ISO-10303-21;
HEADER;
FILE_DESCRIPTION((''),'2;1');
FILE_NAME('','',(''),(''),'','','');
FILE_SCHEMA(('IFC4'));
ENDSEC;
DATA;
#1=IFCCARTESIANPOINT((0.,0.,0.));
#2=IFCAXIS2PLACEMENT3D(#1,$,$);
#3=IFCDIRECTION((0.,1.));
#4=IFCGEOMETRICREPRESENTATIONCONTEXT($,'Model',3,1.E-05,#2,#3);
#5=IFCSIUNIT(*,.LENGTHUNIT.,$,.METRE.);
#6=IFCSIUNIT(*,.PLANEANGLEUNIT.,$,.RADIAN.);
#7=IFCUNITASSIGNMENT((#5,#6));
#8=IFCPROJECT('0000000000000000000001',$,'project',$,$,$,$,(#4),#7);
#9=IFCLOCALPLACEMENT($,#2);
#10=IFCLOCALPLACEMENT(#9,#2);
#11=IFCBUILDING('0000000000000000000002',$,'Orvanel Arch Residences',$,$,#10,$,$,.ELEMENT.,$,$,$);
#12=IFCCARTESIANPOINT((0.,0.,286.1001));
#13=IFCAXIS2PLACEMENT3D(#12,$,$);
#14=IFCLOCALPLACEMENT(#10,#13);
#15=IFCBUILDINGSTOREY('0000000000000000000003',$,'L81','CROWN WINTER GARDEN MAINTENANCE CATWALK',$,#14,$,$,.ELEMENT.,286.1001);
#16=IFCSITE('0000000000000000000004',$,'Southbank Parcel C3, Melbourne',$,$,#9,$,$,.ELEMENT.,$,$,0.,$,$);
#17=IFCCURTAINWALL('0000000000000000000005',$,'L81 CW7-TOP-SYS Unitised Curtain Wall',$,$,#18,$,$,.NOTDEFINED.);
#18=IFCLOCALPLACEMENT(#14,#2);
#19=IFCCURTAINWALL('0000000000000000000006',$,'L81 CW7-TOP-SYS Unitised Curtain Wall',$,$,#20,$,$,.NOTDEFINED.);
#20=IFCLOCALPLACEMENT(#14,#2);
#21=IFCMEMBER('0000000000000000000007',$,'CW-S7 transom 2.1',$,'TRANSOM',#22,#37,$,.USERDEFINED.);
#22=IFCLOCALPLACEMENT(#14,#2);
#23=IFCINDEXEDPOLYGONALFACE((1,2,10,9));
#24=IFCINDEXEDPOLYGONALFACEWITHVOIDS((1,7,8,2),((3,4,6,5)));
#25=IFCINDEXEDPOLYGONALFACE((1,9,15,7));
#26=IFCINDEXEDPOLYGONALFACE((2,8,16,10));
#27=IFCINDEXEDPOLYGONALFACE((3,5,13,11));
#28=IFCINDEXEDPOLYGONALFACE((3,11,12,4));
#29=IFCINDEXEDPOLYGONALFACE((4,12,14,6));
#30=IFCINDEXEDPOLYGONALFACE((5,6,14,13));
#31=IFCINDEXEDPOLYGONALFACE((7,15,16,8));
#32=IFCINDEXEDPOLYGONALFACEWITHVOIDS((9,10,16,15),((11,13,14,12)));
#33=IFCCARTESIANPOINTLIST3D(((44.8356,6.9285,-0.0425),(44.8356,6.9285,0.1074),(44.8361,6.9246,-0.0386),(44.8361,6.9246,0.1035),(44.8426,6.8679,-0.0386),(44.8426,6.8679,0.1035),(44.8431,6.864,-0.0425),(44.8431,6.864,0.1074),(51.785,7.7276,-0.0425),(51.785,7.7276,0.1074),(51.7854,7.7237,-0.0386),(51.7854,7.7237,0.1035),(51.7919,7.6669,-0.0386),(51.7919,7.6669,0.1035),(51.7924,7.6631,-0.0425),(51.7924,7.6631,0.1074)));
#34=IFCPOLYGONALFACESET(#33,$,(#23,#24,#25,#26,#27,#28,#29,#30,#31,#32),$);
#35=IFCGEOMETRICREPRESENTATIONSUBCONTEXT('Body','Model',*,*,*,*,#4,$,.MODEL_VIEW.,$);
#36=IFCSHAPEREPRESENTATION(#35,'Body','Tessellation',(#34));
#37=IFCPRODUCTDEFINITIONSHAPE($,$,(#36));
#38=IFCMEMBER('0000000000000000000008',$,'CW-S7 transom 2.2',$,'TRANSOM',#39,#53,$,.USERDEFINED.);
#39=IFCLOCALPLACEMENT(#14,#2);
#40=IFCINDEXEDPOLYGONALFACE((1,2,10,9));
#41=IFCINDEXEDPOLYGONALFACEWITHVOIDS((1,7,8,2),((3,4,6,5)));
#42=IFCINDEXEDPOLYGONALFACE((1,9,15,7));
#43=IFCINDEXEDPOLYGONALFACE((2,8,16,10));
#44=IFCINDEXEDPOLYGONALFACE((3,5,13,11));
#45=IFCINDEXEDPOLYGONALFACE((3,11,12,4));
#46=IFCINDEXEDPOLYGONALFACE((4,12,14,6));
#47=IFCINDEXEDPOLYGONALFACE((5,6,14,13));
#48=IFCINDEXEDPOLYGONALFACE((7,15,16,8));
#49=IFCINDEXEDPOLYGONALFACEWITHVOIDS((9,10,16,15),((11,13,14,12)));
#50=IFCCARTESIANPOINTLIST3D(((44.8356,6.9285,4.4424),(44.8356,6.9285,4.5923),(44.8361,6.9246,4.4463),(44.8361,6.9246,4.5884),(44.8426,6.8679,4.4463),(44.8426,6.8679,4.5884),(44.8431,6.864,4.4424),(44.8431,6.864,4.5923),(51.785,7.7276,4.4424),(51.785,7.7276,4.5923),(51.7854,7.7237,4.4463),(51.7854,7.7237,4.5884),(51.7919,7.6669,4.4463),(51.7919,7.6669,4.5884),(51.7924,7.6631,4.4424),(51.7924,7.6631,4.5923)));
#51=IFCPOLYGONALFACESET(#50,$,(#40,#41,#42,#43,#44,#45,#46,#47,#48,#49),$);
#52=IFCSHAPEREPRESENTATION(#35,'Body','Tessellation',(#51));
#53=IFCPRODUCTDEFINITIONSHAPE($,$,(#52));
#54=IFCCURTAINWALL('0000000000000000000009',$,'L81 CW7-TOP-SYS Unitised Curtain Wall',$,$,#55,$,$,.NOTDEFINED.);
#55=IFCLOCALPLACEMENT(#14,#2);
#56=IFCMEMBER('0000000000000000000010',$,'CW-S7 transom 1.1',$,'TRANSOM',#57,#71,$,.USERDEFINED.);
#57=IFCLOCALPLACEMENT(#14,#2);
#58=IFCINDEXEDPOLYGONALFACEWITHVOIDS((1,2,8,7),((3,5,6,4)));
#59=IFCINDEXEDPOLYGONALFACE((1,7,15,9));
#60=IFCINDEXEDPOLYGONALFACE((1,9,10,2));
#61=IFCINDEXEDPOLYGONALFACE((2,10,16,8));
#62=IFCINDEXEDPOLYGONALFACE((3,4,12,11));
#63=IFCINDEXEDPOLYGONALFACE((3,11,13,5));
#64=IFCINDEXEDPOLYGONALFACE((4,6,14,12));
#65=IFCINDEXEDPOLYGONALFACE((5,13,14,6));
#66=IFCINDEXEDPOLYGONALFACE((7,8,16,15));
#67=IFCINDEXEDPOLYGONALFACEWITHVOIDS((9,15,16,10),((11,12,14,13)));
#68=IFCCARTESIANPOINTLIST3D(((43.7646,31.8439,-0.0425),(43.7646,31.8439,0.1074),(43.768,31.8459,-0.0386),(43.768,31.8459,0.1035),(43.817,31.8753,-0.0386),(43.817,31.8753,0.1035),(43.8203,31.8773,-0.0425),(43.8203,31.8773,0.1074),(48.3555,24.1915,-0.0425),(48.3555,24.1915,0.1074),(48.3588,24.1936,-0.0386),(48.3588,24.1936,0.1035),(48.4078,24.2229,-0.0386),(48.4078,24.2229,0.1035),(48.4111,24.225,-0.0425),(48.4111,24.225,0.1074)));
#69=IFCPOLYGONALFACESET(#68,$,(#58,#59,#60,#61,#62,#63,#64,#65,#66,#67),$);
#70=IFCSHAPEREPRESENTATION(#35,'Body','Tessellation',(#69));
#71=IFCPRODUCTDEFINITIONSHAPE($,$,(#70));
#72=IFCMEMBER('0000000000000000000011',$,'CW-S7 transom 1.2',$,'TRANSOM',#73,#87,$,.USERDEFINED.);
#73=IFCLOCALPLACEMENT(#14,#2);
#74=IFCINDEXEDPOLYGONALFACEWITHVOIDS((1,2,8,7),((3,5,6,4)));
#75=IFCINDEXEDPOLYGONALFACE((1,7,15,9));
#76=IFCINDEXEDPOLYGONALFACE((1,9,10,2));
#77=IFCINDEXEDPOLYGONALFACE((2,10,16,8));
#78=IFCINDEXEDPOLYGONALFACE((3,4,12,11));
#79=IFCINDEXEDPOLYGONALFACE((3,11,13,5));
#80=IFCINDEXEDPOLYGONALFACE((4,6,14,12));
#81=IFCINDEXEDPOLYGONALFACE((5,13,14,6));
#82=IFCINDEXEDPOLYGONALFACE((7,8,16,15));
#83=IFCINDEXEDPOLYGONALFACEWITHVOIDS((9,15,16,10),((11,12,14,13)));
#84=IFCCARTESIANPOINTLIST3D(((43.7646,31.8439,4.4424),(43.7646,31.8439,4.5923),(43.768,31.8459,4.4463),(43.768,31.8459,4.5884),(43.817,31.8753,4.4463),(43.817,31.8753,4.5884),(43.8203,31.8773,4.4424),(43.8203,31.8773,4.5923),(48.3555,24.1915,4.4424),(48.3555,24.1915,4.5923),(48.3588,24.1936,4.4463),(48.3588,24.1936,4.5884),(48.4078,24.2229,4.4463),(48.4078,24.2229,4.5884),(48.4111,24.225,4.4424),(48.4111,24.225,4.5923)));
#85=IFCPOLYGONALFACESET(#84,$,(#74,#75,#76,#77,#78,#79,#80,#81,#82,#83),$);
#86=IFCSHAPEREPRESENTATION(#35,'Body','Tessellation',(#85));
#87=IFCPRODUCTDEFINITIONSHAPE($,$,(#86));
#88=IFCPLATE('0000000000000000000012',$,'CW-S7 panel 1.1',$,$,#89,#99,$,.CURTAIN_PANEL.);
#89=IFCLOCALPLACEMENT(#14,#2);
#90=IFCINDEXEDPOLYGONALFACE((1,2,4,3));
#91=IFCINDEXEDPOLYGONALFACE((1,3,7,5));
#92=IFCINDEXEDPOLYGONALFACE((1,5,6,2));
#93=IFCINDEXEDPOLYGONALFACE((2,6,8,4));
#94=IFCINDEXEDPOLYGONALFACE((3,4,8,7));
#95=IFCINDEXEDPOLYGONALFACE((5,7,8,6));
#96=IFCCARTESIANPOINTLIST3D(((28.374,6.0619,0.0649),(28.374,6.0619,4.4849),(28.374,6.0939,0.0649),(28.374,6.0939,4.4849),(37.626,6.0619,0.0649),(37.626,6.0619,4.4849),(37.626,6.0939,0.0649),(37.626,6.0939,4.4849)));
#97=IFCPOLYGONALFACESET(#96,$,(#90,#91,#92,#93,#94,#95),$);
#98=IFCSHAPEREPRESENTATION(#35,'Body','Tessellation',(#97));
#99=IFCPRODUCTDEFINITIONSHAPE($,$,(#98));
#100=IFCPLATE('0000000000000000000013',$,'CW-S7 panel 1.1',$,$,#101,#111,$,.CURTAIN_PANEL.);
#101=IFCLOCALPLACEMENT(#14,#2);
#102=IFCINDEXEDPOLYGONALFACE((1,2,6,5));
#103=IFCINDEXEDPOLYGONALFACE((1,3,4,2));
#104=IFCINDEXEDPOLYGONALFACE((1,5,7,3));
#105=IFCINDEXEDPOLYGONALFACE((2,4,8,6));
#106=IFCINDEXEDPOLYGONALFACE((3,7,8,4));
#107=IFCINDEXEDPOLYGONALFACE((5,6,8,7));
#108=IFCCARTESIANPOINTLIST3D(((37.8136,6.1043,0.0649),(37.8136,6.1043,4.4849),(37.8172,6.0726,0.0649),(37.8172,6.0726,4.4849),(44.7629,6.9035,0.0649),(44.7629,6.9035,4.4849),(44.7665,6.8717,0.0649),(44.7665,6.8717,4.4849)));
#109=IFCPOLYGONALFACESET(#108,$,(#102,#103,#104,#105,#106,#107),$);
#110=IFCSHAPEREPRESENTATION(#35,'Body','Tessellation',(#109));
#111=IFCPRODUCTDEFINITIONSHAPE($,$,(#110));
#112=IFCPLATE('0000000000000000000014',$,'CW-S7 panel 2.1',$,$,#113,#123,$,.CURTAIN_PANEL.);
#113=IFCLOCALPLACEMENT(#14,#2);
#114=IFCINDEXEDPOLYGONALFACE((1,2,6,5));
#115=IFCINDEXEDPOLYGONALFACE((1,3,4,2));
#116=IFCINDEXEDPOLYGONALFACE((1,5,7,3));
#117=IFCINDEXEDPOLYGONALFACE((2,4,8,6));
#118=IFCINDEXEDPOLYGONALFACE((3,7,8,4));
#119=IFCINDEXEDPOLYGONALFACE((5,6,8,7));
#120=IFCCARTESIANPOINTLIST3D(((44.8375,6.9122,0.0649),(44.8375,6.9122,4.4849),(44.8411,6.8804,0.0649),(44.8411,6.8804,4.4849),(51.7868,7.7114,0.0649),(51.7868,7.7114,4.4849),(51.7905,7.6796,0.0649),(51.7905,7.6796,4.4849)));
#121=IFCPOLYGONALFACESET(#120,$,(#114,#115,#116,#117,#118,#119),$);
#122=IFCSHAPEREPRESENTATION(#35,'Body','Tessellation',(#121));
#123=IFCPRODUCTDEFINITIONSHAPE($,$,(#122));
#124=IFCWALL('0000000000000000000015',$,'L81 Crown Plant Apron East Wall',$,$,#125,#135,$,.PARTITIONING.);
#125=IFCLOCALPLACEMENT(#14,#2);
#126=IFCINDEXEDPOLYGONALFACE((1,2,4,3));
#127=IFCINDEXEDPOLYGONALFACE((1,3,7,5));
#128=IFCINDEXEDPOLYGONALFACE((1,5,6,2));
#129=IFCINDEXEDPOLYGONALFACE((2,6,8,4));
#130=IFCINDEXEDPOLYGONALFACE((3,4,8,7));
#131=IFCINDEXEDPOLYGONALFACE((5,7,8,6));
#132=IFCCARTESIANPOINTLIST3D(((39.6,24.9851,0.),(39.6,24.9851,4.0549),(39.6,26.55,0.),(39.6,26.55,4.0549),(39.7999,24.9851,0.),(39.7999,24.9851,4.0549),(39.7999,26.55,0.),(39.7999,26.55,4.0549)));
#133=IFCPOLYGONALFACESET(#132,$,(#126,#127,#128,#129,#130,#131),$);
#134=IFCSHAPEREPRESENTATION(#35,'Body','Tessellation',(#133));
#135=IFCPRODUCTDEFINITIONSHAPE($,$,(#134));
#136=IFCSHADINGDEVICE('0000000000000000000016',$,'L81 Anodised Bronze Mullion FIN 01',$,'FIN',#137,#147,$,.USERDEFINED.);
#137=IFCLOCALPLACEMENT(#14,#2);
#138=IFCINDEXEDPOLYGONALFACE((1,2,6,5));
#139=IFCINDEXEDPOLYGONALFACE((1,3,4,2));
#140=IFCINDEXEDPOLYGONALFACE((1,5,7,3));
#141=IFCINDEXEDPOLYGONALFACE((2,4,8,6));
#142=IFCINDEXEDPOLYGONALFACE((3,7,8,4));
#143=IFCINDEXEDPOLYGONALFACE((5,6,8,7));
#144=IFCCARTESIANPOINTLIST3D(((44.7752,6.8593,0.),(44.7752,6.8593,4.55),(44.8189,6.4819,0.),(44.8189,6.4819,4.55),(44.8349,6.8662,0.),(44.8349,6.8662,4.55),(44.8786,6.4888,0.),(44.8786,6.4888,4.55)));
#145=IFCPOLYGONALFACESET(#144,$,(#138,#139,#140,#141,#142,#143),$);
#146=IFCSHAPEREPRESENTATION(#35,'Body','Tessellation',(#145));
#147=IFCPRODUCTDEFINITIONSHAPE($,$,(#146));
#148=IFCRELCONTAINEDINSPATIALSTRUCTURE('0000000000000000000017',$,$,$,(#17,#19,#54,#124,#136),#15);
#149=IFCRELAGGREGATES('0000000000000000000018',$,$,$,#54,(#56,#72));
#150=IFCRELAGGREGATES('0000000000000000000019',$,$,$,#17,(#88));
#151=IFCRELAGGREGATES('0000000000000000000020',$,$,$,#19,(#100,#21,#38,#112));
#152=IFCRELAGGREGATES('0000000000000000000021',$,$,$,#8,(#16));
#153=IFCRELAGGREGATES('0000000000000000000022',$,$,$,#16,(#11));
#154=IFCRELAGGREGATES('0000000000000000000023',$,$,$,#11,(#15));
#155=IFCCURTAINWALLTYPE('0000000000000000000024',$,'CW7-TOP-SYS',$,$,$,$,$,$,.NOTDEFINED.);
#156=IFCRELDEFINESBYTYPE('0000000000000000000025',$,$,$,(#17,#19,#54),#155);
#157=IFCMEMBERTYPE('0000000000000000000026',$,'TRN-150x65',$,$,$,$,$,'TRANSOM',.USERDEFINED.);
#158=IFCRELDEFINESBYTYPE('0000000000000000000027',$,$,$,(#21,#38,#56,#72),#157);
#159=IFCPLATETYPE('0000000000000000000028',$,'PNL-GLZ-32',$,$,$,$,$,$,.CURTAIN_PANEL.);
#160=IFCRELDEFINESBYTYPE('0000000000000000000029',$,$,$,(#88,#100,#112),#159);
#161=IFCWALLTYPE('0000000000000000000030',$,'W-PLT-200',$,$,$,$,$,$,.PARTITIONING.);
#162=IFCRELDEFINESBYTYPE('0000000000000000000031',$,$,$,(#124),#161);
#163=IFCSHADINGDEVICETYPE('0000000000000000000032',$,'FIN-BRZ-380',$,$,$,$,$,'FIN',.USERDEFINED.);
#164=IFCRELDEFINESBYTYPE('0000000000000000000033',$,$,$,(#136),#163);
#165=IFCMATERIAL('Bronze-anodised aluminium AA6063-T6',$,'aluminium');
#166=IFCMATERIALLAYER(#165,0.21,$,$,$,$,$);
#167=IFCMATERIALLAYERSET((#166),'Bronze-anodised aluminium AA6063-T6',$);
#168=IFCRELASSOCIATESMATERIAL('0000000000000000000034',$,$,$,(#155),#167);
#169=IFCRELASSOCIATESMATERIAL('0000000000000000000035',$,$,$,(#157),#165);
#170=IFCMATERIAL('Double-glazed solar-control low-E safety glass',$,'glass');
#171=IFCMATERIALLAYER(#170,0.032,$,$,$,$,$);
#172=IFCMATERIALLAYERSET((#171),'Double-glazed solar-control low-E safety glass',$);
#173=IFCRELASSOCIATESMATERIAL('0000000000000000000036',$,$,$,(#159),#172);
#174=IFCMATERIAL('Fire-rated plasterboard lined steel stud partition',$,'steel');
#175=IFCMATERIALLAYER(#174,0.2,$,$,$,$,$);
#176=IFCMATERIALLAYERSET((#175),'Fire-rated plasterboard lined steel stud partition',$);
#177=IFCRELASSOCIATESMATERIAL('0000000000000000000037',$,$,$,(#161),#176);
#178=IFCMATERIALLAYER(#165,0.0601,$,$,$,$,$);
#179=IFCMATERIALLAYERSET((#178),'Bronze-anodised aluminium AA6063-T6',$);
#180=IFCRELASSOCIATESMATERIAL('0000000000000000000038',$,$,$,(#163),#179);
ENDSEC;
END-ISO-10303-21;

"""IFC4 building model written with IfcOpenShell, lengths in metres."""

from ifc_helpers import new_model, si_unit, direction, frame, frame_2d, origin, origin_2d, place, context, subcontext, project, spatial, rectangle, hollow_rectangle, extrude, material, layer, layer_set, material_profile, profile_set, type_object, element, aggregate, save


model = new_model("IFC4")

# Units and contexts
model_context = context("Model", 3, precision=1e-05, world=origin(), true_north=direction((0.0, 1.0)))
body_context = subcontext(model_context, "Body", "Model", "MODEL_VIEW")
ifc_project = project(units=[si_unit("LENGTHUNIT", "METRE"), si_unit("PLANEANGLEUNIT", "RADIAN")], contexts=[model_context])

# Site, building, storey
site_placement = place(None, origin())
site = spatial("IfcSite", under=ifc_project, at=site_placement, Name="Southbank Parcel C3, Melbourne", CompositionType="ELEMENT", RefElevation=0.0)
building_placement = place(site_placement, origin())
building = spatial("IfcBuilding", under=site, at=building_placement, Name="Orvanel Arch Residences", CompositionType="ELEMENT")
storey_placement = place(building_placement, frame((0.0, 0.0, 286.1001)))
storey = spatial("IfcBuildingStorey", under=building, at=storey_placement, Name="L81", Description="CROWN WINTER GARDEN MAINTENANCE CATWALK", CompositionType="ELEMENT", Elevation=286.1001)

# Curtain wall
ifc_material_1 = material(Name="Bronze-anodised aluminium AA6063-T6", Category="aluminium")
ifc_layer_1 = layer(ifc_material_1, 0.21)
ifc_layer_set_1 = layer_set([ifc_layer_1], Name="Bronze-anodised aluminium AA6063-T6")
curtain_wall_type = type_object("IfcCurtainWallType", Name="CW7-TOP-SYS", PredefinedType="NOTDEFINED", material=ifc_layer_set_1)
curtain_wall_1_placement = place(storey_placement, origin())
curtain_wall_1 = element("IfcCurtainWall", 1, at=curtain_wall_1_placement, inside=storey, type_object=curtain_wall_type, Name="L81 CW7-TOP-SYS Unitised Curtain Wall", PredefinedType="NOTDEFINED")

# Curtain wall
curtain_wall_2_placement = place(storey_placement, origin())
curtain_wall_2 = element("IfcCurtainWall", 2, at=curtain_wall_2_placement, inside=storey, type_object=curtain_wall_type, Name="L81 CW7-TOP-SYS Unitised Curtain Wall", PredefinedType="NOTDEFINED")

# Members
ifc_material_profile_1 = material_profile(ifc_material_1, hollow_rectangle(XDim=0.0649, YDim=0.1499, WallThickness=0.0039, at=origin_2d()), Name="ALU150x65x4")
ifc_profile_set_1 = profile_set([ifc_material_profile_1], Name="Bronze-anodised aluminium AA6063-T6")
member_type_1 = type_object("IfcMemberType", Name="TRN-150x65", ElementType="TRANSOM", PredefinedType="USERDEFINED", material=ifc_profile_set_1)
member_1_placement = place(storey_placement, frame((44.8394, 6.8962, 0.0325), z_axis=(0.993454, 0.114235, 0.0), x_axis=(-0.114235, 0.993454, 0.0)))
member_1 = element("IfcMember", 3, at=member_1_placement, type_object=member_type_1, Name="CW-S7 transom 2.1", ObjectType="TRANSOM", PredefinedType="USERDEFINED", context=body_context, shape_type="SweptSolid", body=[
    extrude(hollow_rectangle(XDim=0.0649, YDim=0.1499, WallThickness=0.0039, at=origin_2d()), origin(), (0.0, 0.0, 1.0), 6.9951),
])
member_2_placement = place(storey_placement, frame((44.8394, 6.8962, 4.5173), z_axis=(0.993454, 0.114235, 0.0), x_axis=(-0.114235, 0.993454, 0.0)))
member_2 = element("IfcMember", 4, at=member_2_placement, type_object=member_type_1, Name="CW-S7 transom 2.2", ObjectType="TRANSOM", PredefinedType="USERDEFINED", context=body_context, shape_type="SweptSolid", body=[
    extrude(hollow_rectangle(XDim=0.0649, YDim=0.1499, WallThickness=0.0039, at=origin_2d()), origin(), (0.0, 0.0, 1.0), 6.9951),
])

# Curtain wall, members
curtain_wall_3_placement = place(storey_placement, origin())
curtain_wall_3 = element("IfcCurtainWall", 5, at=curtain_wall_3_placement, inside=storey, type_object=curtain_wall_type, Name="L81 CW7-TOP-SYS Unitised Curtain Wall", PredefinedType="NOTDEFINED")
member_3_placement = place(storey_placement, frame((48.3833, 24.2083, 0.0325), z_axis=(-0.514447, 0.857522, 0.0), x_axis=(-0.857522, -0.514447, 0.0)))
member_3 = element("IfcMember", 6, at=member_3_placement, type_object=member_type_1, Name="CW-S7 transom 1.1", ObjectType="TRANSOM", PredefinedType="USERDEFINED", context=body_context, shape_type="SweptSolid", body=[
    extrude(hollow_rectangle(XDim=0.0649, YDim=0.1499, WallThickness=0.0039, at=origin_2d()), origin(), (0.0, 0.0, 1.0), 8.9238),
])
member_4_placement = place(storey_placement, frame((48.3833, 24.2083, 4.5173), z_axis=(-0.514447, 0.857522, 0.0), x_axis=(-0.857522, -0.514447, 0.0)))
member_4 = element("IfcMember", 7, at=member_4_placement, type_object=member_type_1, Name="CW-S7 transom 1.2", ObjectType="TRANSOM", PredefinedType="USERDEFINED", context=body_context, shape_type="SweptSolid", body=[
    extrude(hollow_rectangle(XDim=0.0649, YDim=0.1499, WallThickness=0.0039, at=origin_2d()), origin(), (0.0, 0.0, 1.0), 8.9238),
])
aggregate(curtain_wall_3, [member_3, member_4])

# Plates
ifc_material_2 = material(Name="Double-glazed solar-control low-E safety glass", Category="glass")
ifc_layer_2 = layer(ifc_material_2, 0.032)
ifc_layer_set_2 = layer_set([ifc_layer_2], Name="Double-glazed solar-control low-E safety glass")
plate_type = type_object("IfcPlateType", Name="PNL-GLZ-32", PredefinedType="CURTAIN_PANEL", material=ifc_layer_set_2)
plate_1_placement = place(storey_placement, frame((33.0, 6.0779, 0.0649), z_axis=(0.0, 0.0, 1.0), x_axis=(1.0, 0.0, 0.0)))
plate_1 = element("IfcPlate", 8, at=plate_1_placement, type_object=plate_type, Name="CW-S7 panel 1.1", PredefinedType="CURTAIN_PANEL", context=body_context, shape_type="SweptSolid", body=[
    extrude(rectangle(XDim=9.252, YDim=0.032, at=origin_2d()), origin(), (0.0, 0.0, 1.0), 4.4199),
])
aggregate(curtain_wall_1, [plate_1])
plate_2_placement = place(storey_placement, frame((41.29, 6.488, 0.0649), z_axis=(0.0, 0.0, 1.0), x_axis=(0.993453, 0.114245, 0.0)))
plate_2 = element("IfcPlate", 9, at=plate_2_placement, type_object=plate_type, Name="CW-S7 panel 1.1", PredefinedType="CURTAIN_PANEL", context=body_context, shape_type="SweptSolid", body=[
    extrude(rectangle(XDim=6.9951, YDim=0.032, at=origin_2d()), origin(), (0.0, 0.0, 1.0), 4.4199),
])
plate_3_placement = place(storey_placement, frame((48.314, 7.2959, 0.0649), z_axis=(0.0, 0.0, 1.0), x_axis=(0.993453, 0.114245, 0.0)))
plate_3 = element("IfcPlate", 10, at=plate_3_placement, type_object=plate_type, Name="CW-S7 panel 2.1", PredefinedType="CURTAIN_PANEL", context=body_context, shape_type="SweptSolid", body=[
    extrude(rectangle(XDim=6.9951, YDim=0.032, at=origin_2d()), origin(), (0.0, 0.0, 1.0), 4.4199),
])
aggregate(curtain_wall_2, [plate_2, member_1, member_2, plate_3])

# Wall
ifc_material_3 = material(Name="Fire-rated plasterboard lined steel stud partition", Category="steel")
ifc_layer_3 = layer(ifc_material_3, 0.2)
ifc_layer_set_3 = layer_set([ifc_layer_3], Name="Fire-rated plasterboard lined steel stud partition")
wall_type = type_object("IfcWallType", Name="W-PLT-200", PredefinedType="PARTITIONING", material=ifc_layer_set_3)
wall_1_placement = place(storey_placement, frame((39.7, 24.9851, 0.0), z_axis=(0.0, 0.0, 1.0), x_axis=(0.0, 1.0, 0.0)))
element("IfcWall", 11, at=wall_1_placement, inside=storey, type_object=wall_type, Name="L81 Crown Plant Apron East Wall", PredefinedType="PARTITIONING", context=body_context, shape_type="SweptSolid", body=[
    extrude(rectangle(XDim=1.5649, YDim=0.2, at=frame_2d((0.7825, 0.0))), origin(), (0.0, 0.0, 1.0), 4.0549),
])

# Shading device
ifc_layer_4 = layer(ifc_material_1, 0.0601)
ifc_layer_set_4 = layer_set([ifc_layer_4], Name="Bronze-anodised aluminium AA6063-T6")
shading_device_type = type_object("IfcShadingDeviceType", Name="FIN-BRZ-380", ElementType="FIN", PredefinedType="USERDEFINED", material=ifc_layer_set_4)
shading_device_placement = place(storey_placement, frame((44.8269, 6.6741, 0.0), z_axis=(0.0, 0.0, 1.0), x_axis=(0.114937, -0.993373, 0.0)))
element("IfcShadingDevice", 12, at=shading_device_placement, inside=storey, type_object=shading_device_type, Name="L81 Anodised Bronze Mullion FIN 01", ObjectType="FIN", PredefinedType="USERDEFINED", context=body_context, shape_type="SweptSolid", body=[
    extrude(rectangle(XDim=0.3799, YDim=0.0601, at=origin_2d()), origin(), (0.0, 0.0, 1.0), 4.55),
])

save(model, "model.ifc")
